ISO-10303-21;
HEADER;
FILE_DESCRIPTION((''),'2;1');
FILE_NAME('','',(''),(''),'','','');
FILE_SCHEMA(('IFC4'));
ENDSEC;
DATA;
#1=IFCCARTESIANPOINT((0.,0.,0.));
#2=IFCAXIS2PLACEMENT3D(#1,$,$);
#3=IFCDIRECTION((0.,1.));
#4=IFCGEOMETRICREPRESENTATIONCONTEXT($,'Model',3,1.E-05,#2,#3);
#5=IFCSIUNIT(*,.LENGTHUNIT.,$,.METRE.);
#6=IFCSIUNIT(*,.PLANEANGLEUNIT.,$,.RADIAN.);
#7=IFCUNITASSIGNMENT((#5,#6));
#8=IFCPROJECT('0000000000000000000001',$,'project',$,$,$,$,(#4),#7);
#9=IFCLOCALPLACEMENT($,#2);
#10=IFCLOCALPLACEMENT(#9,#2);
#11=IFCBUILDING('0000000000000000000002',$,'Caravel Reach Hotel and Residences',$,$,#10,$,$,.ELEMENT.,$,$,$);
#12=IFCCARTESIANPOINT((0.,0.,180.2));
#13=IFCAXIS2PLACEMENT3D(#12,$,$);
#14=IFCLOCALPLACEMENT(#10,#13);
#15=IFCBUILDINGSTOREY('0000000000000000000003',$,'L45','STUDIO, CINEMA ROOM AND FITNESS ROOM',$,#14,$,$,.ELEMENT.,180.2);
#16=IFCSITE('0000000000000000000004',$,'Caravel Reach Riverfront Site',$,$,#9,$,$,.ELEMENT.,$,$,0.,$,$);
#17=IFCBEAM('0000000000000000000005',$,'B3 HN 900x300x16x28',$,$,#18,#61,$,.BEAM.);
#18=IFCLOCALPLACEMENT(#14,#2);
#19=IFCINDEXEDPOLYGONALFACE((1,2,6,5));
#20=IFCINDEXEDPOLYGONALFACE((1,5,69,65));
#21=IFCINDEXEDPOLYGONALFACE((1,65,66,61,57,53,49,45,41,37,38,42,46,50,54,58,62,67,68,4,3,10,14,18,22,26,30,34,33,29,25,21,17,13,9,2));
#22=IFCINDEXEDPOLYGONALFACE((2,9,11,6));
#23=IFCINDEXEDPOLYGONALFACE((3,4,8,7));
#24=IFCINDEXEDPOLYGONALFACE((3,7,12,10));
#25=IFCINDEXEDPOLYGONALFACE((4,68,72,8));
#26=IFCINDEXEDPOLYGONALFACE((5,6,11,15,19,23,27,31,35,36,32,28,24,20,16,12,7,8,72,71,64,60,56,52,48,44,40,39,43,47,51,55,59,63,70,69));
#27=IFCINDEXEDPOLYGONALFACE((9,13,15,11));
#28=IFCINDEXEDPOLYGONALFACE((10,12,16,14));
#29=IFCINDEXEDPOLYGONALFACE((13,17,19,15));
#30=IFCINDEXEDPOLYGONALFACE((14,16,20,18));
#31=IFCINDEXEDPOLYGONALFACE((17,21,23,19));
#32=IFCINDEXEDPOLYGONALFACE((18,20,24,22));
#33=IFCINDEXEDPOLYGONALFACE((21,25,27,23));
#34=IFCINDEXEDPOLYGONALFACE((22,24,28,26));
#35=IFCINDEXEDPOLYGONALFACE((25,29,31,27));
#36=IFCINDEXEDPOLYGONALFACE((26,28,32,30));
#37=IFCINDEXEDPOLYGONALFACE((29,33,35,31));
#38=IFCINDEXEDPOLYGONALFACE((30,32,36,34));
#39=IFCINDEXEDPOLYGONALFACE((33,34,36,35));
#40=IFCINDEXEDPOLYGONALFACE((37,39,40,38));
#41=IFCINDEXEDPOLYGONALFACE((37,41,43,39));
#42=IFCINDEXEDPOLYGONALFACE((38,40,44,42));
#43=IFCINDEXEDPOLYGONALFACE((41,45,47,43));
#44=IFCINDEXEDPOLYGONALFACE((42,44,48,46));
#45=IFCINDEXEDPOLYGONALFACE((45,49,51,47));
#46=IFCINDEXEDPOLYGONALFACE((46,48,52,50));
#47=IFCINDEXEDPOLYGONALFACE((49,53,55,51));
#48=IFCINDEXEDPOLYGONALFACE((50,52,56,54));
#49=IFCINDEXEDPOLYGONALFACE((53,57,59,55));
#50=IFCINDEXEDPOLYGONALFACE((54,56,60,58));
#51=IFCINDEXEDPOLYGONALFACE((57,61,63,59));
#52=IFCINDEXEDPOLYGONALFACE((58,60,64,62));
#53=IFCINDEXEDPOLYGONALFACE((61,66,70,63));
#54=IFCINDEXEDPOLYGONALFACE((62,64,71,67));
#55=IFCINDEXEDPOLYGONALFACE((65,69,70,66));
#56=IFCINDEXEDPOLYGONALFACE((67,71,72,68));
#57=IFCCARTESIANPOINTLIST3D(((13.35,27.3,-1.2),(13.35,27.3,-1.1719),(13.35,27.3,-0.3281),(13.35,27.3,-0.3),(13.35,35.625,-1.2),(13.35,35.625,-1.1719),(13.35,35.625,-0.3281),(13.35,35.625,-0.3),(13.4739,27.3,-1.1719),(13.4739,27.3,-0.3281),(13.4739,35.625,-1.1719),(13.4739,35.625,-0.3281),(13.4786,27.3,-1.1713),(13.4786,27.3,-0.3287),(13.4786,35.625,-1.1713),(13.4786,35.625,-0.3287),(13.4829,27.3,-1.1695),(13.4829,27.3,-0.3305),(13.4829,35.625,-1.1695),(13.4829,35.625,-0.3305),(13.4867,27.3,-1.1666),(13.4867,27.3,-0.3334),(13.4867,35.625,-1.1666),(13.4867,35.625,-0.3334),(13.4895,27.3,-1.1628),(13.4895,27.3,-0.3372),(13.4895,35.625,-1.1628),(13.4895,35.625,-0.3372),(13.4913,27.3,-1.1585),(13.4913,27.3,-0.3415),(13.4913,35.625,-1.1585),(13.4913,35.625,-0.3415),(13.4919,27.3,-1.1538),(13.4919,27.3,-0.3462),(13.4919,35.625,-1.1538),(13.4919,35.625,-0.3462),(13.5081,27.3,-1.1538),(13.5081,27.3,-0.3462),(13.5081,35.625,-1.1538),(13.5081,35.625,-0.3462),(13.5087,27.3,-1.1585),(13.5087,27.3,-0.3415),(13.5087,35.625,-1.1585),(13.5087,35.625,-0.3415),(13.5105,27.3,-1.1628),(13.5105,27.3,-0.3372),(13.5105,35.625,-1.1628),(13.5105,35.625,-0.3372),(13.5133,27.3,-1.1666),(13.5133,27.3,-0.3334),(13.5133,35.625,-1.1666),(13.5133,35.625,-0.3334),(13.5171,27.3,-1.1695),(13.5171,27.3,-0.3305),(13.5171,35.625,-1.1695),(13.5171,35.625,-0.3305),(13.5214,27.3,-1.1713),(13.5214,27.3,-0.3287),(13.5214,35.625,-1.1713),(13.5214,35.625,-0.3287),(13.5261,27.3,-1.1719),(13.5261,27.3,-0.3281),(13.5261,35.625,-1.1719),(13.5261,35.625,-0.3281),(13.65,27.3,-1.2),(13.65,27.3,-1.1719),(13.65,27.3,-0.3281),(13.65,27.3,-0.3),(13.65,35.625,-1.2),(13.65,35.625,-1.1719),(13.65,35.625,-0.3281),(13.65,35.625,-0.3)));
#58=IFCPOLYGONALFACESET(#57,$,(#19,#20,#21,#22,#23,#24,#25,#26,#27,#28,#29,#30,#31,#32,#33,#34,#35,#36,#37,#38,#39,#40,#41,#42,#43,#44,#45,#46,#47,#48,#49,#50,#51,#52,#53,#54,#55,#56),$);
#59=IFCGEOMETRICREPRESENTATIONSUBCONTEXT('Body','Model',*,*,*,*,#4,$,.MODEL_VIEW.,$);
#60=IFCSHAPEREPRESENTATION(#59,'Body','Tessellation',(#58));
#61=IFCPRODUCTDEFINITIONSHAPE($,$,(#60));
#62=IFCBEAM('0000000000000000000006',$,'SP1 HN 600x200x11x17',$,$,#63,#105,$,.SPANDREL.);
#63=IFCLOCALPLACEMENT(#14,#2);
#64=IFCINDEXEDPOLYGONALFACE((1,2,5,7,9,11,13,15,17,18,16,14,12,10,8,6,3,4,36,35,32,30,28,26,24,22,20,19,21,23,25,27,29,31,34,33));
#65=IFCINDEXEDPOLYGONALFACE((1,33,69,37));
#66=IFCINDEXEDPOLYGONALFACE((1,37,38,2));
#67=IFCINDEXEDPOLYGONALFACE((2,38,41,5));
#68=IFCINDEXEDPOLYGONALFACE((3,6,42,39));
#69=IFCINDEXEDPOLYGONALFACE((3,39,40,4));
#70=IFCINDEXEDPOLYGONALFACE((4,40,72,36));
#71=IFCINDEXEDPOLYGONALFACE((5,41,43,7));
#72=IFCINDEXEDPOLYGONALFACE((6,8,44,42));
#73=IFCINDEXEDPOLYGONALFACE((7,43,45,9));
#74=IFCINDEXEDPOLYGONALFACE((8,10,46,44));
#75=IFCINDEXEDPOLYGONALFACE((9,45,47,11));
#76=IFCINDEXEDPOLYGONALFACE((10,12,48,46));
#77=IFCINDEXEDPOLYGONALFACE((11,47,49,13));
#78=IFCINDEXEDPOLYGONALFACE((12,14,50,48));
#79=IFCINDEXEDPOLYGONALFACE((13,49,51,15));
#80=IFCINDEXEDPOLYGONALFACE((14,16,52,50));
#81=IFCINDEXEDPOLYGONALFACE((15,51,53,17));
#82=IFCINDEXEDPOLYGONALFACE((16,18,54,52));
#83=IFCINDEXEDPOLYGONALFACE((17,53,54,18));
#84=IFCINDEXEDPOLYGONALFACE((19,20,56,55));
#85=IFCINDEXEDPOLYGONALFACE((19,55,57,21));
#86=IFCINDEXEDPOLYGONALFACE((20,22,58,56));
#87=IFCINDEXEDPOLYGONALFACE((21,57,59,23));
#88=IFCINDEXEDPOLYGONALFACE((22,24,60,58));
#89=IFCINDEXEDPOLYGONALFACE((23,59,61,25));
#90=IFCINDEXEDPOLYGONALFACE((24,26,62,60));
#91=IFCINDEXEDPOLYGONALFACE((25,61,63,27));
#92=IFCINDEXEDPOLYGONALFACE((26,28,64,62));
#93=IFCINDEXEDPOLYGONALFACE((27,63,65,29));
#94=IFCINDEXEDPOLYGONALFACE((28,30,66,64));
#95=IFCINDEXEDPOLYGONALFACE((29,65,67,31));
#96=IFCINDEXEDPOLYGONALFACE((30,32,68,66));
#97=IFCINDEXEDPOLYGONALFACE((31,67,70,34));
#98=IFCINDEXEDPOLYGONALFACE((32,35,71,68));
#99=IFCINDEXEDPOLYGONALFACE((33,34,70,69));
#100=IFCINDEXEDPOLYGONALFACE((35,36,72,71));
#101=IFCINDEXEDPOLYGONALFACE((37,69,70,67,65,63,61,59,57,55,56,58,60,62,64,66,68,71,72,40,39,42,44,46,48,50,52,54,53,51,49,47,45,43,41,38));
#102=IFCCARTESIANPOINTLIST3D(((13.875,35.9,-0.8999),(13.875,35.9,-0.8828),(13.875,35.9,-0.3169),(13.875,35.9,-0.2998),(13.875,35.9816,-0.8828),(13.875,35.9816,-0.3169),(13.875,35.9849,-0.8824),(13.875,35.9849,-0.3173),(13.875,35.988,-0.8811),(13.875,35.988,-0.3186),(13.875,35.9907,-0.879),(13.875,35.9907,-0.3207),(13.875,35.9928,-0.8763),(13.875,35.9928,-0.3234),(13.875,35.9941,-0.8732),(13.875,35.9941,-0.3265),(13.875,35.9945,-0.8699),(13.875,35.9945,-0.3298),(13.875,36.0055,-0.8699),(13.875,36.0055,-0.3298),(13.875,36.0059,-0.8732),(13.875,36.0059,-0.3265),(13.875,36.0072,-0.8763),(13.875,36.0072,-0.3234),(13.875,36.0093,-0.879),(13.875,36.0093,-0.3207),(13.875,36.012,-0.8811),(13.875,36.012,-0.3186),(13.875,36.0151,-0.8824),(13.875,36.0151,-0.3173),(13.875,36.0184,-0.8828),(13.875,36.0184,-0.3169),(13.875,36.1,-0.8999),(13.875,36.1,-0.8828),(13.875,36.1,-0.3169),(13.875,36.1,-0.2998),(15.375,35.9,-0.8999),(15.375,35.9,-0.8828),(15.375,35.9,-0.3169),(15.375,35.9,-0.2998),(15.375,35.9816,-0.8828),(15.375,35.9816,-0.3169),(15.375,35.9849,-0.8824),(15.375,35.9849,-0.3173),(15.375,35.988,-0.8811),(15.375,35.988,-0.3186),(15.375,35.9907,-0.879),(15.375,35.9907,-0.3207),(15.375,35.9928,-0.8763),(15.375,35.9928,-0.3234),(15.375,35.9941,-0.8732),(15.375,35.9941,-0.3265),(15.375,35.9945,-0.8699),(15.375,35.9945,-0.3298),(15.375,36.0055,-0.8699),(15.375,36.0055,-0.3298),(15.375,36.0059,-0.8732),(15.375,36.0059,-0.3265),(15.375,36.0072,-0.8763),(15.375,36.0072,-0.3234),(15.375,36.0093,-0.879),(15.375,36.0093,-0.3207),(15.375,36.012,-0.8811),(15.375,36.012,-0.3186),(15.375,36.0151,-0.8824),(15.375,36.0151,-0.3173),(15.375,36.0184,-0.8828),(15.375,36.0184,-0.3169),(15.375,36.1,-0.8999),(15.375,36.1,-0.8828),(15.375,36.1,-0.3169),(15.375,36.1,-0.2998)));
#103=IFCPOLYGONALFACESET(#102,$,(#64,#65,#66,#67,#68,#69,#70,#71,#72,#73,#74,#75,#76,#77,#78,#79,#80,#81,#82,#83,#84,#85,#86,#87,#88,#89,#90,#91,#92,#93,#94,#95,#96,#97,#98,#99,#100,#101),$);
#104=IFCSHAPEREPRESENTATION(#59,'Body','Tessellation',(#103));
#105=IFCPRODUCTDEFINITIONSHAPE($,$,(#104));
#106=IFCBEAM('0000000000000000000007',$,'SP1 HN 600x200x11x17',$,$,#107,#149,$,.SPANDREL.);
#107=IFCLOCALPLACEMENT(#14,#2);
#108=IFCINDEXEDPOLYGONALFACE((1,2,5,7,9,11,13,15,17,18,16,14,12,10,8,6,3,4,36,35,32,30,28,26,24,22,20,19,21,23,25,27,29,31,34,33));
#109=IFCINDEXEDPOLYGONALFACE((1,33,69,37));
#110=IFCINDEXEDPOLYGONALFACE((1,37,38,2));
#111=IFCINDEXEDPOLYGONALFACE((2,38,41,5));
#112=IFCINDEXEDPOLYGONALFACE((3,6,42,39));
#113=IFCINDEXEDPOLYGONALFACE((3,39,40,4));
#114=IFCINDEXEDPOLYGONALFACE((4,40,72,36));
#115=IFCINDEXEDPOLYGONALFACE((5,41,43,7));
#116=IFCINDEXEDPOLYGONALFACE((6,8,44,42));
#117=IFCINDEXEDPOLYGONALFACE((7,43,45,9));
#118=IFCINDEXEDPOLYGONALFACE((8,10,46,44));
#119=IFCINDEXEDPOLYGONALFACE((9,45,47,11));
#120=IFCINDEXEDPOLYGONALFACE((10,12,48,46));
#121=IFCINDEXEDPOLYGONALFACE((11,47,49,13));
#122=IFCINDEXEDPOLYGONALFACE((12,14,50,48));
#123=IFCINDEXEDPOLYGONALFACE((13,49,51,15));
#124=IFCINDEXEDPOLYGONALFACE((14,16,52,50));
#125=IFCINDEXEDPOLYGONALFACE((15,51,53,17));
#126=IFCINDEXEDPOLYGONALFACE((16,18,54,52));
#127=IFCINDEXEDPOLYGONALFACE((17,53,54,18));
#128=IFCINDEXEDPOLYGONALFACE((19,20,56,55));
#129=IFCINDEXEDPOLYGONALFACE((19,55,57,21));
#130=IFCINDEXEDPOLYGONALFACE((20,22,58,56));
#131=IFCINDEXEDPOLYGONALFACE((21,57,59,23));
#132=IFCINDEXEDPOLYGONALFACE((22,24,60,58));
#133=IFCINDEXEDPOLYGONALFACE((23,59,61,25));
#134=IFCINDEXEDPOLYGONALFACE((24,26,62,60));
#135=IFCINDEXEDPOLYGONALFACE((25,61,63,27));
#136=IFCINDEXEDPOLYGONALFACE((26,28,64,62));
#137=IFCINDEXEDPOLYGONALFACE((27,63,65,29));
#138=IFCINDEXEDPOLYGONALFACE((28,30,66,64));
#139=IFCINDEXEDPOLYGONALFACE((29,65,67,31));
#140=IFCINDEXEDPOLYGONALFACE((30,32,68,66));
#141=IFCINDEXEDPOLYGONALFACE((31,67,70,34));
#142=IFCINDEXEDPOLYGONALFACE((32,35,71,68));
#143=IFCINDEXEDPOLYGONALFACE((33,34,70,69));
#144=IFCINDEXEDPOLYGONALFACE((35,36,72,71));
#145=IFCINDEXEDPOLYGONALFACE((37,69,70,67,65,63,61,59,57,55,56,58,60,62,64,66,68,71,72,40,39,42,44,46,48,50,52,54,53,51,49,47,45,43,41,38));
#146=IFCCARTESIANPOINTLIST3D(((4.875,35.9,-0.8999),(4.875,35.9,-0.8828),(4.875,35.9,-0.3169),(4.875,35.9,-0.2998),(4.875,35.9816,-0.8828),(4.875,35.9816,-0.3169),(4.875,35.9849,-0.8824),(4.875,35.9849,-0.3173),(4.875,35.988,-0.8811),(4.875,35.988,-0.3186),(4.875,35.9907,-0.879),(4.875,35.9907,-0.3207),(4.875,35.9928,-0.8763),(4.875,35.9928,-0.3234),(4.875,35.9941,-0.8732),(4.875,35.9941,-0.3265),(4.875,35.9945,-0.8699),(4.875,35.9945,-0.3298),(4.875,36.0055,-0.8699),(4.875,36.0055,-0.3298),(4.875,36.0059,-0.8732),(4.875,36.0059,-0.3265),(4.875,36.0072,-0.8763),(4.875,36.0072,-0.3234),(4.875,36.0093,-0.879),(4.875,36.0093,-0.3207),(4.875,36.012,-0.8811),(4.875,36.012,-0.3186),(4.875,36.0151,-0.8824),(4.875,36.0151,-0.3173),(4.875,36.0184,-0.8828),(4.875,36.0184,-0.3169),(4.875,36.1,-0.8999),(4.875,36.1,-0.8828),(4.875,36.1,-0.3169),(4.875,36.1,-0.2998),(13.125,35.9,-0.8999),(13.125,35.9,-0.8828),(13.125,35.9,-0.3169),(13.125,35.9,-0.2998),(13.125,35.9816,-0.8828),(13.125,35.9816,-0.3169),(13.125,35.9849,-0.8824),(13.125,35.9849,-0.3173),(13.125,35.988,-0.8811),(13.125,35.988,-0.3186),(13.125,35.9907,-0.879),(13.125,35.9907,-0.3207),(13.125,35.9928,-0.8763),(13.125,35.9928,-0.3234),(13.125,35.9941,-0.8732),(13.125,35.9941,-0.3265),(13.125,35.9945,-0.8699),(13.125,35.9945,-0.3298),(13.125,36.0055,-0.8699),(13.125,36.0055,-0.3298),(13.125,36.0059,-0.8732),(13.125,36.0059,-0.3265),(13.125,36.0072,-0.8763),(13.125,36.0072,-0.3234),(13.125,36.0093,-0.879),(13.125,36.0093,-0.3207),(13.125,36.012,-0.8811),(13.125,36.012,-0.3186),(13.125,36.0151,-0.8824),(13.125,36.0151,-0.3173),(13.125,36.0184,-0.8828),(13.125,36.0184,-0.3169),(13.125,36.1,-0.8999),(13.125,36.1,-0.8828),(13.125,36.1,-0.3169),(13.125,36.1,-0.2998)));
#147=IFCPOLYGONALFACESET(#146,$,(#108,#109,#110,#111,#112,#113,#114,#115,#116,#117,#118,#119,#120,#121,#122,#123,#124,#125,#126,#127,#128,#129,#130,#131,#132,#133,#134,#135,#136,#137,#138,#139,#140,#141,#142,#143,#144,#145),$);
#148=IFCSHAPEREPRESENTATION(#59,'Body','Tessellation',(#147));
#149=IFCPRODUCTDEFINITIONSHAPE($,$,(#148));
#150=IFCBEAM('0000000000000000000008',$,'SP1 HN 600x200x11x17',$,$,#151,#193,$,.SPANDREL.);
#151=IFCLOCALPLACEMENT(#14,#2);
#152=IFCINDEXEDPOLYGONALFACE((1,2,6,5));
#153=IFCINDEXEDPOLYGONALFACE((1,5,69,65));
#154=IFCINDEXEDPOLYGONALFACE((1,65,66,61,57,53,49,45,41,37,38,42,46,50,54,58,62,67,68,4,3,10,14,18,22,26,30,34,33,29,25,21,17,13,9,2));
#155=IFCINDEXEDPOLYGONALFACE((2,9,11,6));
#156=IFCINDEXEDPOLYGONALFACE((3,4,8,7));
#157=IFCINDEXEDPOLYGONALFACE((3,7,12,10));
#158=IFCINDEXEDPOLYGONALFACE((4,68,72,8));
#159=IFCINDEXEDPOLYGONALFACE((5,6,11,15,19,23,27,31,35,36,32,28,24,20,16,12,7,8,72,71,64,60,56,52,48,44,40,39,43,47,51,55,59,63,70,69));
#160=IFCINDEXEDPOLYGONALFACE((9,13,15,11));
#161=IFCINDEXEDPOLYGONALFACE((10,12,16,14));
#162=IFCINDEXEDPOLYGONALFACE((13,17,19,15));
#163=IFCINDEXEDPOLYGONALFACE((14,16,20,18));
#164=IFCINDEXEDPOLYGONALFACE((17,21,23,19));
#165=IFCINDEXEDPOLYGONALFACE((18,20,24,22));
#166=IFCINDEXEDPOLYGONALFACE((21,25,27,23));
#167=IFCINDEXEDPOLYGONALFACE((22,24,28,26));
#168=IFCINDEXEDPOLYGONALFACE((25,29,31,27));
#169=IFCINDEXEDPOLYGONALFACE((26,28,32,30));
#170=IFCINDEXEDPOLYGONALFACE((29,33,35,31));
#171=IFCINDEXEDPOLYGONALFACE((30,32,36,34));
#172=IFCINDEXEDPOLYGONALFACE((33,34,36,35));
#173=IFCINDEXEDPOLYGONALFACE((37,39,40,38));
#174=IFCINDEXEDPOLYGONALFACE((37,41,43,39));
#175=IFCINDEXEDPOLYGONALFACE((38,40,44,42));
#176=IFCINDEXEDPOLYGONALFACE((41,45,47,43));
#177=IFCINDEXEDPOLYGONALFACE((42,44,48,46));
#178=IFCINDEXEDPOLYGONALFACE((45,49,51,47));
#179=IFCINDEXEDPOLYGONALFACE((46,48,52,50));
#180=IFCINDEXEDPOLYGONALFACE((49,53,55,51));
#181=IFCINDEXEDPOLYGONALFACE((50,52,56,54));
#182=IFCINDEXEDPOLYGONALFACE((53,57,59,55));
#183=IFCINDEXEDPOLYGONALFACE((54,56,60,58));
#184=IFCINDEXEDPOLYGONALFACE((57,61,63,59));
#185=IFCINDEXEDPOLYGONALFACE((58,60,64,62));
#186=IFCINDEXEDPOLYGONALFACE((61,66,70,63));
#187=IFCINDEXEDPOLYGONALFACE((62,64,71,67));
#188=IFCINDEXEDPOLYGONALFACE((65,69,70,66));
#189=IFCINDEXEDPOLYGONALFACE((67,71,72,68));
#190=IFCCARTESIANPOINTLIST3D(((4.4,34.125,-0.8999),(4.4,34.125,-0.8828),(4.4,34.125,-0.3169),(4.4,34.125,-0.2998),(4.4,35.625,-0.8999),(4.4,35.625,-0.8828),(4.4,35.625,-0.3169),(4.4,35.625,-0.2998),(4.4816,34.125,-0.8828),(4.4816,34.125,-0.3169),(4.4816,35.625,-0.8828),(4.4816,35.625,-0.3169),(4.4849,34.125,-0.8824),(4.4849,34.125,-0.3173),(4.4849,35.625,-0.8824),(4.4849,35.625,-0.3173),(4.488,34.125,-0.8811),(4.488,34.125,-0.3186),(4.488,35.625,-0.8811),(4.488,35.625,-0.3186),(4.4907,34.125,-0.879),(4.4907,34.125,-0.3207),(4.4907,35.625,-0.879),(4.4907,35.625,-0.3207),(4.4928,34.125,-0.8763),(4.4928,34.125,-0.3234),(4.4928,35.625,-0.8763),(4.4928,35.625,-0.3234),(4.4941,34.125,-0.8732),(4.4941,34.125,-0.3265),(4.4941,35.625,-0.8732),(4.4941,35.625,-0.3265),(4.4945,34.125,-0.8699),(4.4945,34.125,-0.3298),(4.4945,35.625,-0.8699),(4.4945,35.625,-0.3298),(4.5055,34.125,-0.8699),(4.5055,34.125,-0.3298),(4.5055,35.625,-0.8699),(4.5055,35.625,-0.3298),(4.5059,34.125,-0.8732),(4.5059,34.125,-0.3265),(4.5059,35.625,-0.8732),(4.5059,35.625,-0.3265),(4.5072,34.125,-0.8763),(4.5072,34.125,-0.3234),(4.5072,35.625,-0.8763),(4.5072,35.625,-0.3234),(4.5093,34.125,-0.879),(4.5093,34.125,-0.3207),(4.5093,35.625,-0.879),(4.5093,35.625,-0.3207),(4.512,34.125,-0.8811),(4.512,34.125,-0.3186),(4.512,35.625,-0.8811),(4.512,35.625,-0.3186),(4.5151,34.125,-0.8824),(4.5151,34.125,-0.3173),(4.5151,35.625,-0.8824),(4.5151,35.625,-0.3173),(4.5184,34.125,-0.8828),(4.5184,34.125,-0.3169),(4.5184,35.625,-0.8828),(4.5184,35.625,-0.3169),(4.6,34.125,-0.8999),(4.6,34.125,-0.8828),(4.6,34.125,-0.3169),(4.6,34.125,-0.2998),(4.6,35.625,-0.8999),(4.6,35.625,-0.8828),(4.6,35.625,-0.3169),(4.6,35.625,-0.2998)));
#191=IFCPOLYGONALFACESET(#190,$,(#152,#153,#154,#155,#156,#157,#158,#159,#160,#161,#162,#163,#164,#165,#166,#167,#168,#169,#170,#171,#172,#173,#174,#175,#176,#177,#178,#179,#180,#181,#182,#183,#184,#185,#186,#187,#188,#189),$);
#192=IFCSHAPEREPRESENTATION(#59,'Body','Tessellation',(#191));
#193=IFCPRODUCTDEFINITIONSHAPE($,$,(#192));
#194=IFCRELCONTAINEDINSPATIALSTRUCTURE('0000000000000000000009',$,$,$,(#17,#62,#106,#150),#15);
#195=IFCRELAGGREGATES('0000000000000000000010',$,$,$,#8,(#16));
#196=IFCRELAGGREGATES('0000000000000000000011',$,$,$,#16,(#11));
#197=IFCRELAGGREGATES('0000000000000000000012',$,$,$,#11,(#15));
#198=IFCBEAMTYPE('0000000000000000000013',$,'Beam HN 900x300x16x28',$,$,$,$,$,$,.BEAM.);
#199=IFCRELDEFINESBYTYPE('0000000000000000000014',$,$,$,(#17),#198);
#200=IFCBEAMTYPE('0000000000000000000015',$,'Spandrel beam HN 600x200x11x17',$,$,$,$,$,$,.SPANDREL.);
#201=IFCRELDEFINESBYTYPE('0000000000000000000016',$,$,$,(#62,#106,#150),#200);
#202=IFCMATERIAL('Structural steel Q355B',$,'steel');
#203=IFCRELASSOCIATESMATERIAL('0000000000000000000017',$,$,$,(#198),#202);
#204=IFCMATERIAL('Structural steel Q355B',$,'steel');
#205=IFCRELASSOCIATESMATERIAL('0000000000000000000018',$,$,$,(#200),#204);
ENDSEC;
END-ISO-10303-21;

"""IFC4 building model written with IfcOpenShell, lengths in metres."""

from ifc_helpers import new_model, si_unit, direction, frame, origin, origin_2d, place, context, subcontext, project, spatial, i_section, extrude, material, material_profile, profile_set, type_object, element, save


model = new_model("IFC4")

# Units and contexts
model_context = context("Model", 3, precision=1e-05, world=origin(), true_north=direction((0.0, 1.0)))
body_context = subcontext(model_context, "Body", "Model", "MODEL_VIEW")
ifc_project = project(units=[si_unit("LENGTHUNIT", "METRE"), si_unit("PLANEANGLEUNIT", "RADIAN")], contexts=[model_context])

# Site, building, storey
site_placement = place(None, origin())
site = spatial("IfcSite", under=ifc_project, at=site_placement, Name="Caravel Reach Riverfront Site", CompositionType="ELEMENT", RefElevation=0.0)
building_placement = place(site_placement, origin())
building = spatial("IfcBuilding", under=site, at=building_placement, Name="Caravel Reach Hotel and Residences", CompositionType="ELEMENT")
storey_placement = place(building_placement, frame((0.0, 0.0, 180.2)))
storey = spatial("IfcBuildingStorey", under=building, at=storey_placement, Name="L45", Description="STUDIO, CINEMA ROOM AND FITNESS ROOM", CompositionType="ELEMENT", Elevation=180.2)

# Beams
ifc_material_1 = material(Name="Structural steel Q355B", Category="steel")
ifc_material_profile_1 = material_profile(ifc_material_1, i_section(OverallWidth=0.3, OverallDepth=0.8999, WebThickness=0.0161, FlangeThickness=0.0281, FilletRadius=0.0181, at=origin_2d()), Name="HN 900x300x16x28")
ifc_profile_set_1 = profile_set([ifc_material_profile_1], Name="Structural steel Q355B")
beam_type_1 = type_object("IfcBeamType", Name="Beam HN 900x300x16x28", PredefinedType="BEAM", material=ifc_profile_set_1)
beam_1_placement = place(storey_placement, frame((13.5, 27.3, -0.75), z_axis=(0.0, 1.0, 0.0), x_axis=(-1.0, 0.0, 0.0)))
element("IfcBeam", 1, at=beam_1_placement, inside=storey, type_object=beam_type_1, Name="B3 HN 900x300x16x28", PredefinedType="BEAM", context=body_context, shape_type="SweptSolid", body=[
    extrude(i_section(OverallWidth=0.3, OverallDepth=0.8999, WebThickness=0.0161, FlangeThickness=0.0281, FilletRadius=0.0181, at=origin_2d()), origin(), (0.0, 0.0, 1.0), 8.325),
])
ifc_material_2 = material(Name="Structural steel Q355B", Category="steel")
ifc_material_profile_2 = material_profile(ifc_material_2, i_section(OverallWidth=0.2, OverallDepth=0.6001, WebThickness=0.011, FlangeThickness=0.0171, FilletRadius=0.0129, at=origin_2d()), Name="HN 600x200x11x17")
ifc_profile_set_2 = profile_set([ifc_material_profile_2], Name="Structural steel Q355B")
beam_type_2 = type_object("IfcBeamType", Name="Spandrel beam HN 600x200x11x17", PredefinedType="SPANDREL", material=ifc_profile_set_2)
beam_2_placement = place(storey_placement, frame((15.375, 36.0, -0.5999), z_axis=(-1.0, 0.0, 0.0), x_axis=(0.0, -1.0, 0.0)))
element("IfcBeam", 2, at=beam_2_placement, inside=storey, type_object=beam_type_2, Name="SP1 HN 600x200x11x17", PredefinedType="SPANDREL", context=body_context, shape_type="SweptSolid", body=[
    extrude(i_section(OverallWidth=0.2, OverallDepth=0.6001, WebThickness=0.011, FlangeThickness=0.0171, FilletRadius=0.0129, at=origin_2d()), origin(), (0.0, 0.0, 1.0), 1.5),
])
beam_3_placement = place(storey_placement, frame((13.125, 36.0, -0.5999), z_axis=(-1.0, 0.0, 0.0), x_axis=(0.0, -1.0, 0.0)))
element("IfcBeam", 3, at=beam_3_placement, inside=storey, type_object=beam_type_2, Name="SP1 HN 600x200x11x17", PredefinedType="SPANDREL", context=body_context, shape_type="SweptSolid", body=[
    extrude(i_section(OverallWidth=0.2, OverallDepth=0.6001, WebThickness=0.011, FlangeThickness=0.0171, FilletRadius=0.0129, at=origin_2d()), origin(), (0.0, 0.0, 1.0), 8.25),
])
beam_4_placement = place(storey_placement, frame((4.5, 35.625, -0.5999), z_axis=(0.0, -1.0, 0.0), x_axis=(1.0, 0.0, 0.0)))
element("IfcBeam", 4, at=beam_4_placement, inside=storey, type_object=beam_type_2, Name="SP1 HN 600x200x11x17", PredefinedType="SPANDREL", context=body_context, shape_type="SweptSolid", body=[
    extrude(i_section(OverallWidth=0.2, OverallDepth=0.6001, WebThickness=0.011, FlangeThickness=0.0171, FilletRadius=0.0129, at=origin_2d()), origin(), (0.0, 0.0, 1.0), 1.5),
])

save(model, "model.ifc")
